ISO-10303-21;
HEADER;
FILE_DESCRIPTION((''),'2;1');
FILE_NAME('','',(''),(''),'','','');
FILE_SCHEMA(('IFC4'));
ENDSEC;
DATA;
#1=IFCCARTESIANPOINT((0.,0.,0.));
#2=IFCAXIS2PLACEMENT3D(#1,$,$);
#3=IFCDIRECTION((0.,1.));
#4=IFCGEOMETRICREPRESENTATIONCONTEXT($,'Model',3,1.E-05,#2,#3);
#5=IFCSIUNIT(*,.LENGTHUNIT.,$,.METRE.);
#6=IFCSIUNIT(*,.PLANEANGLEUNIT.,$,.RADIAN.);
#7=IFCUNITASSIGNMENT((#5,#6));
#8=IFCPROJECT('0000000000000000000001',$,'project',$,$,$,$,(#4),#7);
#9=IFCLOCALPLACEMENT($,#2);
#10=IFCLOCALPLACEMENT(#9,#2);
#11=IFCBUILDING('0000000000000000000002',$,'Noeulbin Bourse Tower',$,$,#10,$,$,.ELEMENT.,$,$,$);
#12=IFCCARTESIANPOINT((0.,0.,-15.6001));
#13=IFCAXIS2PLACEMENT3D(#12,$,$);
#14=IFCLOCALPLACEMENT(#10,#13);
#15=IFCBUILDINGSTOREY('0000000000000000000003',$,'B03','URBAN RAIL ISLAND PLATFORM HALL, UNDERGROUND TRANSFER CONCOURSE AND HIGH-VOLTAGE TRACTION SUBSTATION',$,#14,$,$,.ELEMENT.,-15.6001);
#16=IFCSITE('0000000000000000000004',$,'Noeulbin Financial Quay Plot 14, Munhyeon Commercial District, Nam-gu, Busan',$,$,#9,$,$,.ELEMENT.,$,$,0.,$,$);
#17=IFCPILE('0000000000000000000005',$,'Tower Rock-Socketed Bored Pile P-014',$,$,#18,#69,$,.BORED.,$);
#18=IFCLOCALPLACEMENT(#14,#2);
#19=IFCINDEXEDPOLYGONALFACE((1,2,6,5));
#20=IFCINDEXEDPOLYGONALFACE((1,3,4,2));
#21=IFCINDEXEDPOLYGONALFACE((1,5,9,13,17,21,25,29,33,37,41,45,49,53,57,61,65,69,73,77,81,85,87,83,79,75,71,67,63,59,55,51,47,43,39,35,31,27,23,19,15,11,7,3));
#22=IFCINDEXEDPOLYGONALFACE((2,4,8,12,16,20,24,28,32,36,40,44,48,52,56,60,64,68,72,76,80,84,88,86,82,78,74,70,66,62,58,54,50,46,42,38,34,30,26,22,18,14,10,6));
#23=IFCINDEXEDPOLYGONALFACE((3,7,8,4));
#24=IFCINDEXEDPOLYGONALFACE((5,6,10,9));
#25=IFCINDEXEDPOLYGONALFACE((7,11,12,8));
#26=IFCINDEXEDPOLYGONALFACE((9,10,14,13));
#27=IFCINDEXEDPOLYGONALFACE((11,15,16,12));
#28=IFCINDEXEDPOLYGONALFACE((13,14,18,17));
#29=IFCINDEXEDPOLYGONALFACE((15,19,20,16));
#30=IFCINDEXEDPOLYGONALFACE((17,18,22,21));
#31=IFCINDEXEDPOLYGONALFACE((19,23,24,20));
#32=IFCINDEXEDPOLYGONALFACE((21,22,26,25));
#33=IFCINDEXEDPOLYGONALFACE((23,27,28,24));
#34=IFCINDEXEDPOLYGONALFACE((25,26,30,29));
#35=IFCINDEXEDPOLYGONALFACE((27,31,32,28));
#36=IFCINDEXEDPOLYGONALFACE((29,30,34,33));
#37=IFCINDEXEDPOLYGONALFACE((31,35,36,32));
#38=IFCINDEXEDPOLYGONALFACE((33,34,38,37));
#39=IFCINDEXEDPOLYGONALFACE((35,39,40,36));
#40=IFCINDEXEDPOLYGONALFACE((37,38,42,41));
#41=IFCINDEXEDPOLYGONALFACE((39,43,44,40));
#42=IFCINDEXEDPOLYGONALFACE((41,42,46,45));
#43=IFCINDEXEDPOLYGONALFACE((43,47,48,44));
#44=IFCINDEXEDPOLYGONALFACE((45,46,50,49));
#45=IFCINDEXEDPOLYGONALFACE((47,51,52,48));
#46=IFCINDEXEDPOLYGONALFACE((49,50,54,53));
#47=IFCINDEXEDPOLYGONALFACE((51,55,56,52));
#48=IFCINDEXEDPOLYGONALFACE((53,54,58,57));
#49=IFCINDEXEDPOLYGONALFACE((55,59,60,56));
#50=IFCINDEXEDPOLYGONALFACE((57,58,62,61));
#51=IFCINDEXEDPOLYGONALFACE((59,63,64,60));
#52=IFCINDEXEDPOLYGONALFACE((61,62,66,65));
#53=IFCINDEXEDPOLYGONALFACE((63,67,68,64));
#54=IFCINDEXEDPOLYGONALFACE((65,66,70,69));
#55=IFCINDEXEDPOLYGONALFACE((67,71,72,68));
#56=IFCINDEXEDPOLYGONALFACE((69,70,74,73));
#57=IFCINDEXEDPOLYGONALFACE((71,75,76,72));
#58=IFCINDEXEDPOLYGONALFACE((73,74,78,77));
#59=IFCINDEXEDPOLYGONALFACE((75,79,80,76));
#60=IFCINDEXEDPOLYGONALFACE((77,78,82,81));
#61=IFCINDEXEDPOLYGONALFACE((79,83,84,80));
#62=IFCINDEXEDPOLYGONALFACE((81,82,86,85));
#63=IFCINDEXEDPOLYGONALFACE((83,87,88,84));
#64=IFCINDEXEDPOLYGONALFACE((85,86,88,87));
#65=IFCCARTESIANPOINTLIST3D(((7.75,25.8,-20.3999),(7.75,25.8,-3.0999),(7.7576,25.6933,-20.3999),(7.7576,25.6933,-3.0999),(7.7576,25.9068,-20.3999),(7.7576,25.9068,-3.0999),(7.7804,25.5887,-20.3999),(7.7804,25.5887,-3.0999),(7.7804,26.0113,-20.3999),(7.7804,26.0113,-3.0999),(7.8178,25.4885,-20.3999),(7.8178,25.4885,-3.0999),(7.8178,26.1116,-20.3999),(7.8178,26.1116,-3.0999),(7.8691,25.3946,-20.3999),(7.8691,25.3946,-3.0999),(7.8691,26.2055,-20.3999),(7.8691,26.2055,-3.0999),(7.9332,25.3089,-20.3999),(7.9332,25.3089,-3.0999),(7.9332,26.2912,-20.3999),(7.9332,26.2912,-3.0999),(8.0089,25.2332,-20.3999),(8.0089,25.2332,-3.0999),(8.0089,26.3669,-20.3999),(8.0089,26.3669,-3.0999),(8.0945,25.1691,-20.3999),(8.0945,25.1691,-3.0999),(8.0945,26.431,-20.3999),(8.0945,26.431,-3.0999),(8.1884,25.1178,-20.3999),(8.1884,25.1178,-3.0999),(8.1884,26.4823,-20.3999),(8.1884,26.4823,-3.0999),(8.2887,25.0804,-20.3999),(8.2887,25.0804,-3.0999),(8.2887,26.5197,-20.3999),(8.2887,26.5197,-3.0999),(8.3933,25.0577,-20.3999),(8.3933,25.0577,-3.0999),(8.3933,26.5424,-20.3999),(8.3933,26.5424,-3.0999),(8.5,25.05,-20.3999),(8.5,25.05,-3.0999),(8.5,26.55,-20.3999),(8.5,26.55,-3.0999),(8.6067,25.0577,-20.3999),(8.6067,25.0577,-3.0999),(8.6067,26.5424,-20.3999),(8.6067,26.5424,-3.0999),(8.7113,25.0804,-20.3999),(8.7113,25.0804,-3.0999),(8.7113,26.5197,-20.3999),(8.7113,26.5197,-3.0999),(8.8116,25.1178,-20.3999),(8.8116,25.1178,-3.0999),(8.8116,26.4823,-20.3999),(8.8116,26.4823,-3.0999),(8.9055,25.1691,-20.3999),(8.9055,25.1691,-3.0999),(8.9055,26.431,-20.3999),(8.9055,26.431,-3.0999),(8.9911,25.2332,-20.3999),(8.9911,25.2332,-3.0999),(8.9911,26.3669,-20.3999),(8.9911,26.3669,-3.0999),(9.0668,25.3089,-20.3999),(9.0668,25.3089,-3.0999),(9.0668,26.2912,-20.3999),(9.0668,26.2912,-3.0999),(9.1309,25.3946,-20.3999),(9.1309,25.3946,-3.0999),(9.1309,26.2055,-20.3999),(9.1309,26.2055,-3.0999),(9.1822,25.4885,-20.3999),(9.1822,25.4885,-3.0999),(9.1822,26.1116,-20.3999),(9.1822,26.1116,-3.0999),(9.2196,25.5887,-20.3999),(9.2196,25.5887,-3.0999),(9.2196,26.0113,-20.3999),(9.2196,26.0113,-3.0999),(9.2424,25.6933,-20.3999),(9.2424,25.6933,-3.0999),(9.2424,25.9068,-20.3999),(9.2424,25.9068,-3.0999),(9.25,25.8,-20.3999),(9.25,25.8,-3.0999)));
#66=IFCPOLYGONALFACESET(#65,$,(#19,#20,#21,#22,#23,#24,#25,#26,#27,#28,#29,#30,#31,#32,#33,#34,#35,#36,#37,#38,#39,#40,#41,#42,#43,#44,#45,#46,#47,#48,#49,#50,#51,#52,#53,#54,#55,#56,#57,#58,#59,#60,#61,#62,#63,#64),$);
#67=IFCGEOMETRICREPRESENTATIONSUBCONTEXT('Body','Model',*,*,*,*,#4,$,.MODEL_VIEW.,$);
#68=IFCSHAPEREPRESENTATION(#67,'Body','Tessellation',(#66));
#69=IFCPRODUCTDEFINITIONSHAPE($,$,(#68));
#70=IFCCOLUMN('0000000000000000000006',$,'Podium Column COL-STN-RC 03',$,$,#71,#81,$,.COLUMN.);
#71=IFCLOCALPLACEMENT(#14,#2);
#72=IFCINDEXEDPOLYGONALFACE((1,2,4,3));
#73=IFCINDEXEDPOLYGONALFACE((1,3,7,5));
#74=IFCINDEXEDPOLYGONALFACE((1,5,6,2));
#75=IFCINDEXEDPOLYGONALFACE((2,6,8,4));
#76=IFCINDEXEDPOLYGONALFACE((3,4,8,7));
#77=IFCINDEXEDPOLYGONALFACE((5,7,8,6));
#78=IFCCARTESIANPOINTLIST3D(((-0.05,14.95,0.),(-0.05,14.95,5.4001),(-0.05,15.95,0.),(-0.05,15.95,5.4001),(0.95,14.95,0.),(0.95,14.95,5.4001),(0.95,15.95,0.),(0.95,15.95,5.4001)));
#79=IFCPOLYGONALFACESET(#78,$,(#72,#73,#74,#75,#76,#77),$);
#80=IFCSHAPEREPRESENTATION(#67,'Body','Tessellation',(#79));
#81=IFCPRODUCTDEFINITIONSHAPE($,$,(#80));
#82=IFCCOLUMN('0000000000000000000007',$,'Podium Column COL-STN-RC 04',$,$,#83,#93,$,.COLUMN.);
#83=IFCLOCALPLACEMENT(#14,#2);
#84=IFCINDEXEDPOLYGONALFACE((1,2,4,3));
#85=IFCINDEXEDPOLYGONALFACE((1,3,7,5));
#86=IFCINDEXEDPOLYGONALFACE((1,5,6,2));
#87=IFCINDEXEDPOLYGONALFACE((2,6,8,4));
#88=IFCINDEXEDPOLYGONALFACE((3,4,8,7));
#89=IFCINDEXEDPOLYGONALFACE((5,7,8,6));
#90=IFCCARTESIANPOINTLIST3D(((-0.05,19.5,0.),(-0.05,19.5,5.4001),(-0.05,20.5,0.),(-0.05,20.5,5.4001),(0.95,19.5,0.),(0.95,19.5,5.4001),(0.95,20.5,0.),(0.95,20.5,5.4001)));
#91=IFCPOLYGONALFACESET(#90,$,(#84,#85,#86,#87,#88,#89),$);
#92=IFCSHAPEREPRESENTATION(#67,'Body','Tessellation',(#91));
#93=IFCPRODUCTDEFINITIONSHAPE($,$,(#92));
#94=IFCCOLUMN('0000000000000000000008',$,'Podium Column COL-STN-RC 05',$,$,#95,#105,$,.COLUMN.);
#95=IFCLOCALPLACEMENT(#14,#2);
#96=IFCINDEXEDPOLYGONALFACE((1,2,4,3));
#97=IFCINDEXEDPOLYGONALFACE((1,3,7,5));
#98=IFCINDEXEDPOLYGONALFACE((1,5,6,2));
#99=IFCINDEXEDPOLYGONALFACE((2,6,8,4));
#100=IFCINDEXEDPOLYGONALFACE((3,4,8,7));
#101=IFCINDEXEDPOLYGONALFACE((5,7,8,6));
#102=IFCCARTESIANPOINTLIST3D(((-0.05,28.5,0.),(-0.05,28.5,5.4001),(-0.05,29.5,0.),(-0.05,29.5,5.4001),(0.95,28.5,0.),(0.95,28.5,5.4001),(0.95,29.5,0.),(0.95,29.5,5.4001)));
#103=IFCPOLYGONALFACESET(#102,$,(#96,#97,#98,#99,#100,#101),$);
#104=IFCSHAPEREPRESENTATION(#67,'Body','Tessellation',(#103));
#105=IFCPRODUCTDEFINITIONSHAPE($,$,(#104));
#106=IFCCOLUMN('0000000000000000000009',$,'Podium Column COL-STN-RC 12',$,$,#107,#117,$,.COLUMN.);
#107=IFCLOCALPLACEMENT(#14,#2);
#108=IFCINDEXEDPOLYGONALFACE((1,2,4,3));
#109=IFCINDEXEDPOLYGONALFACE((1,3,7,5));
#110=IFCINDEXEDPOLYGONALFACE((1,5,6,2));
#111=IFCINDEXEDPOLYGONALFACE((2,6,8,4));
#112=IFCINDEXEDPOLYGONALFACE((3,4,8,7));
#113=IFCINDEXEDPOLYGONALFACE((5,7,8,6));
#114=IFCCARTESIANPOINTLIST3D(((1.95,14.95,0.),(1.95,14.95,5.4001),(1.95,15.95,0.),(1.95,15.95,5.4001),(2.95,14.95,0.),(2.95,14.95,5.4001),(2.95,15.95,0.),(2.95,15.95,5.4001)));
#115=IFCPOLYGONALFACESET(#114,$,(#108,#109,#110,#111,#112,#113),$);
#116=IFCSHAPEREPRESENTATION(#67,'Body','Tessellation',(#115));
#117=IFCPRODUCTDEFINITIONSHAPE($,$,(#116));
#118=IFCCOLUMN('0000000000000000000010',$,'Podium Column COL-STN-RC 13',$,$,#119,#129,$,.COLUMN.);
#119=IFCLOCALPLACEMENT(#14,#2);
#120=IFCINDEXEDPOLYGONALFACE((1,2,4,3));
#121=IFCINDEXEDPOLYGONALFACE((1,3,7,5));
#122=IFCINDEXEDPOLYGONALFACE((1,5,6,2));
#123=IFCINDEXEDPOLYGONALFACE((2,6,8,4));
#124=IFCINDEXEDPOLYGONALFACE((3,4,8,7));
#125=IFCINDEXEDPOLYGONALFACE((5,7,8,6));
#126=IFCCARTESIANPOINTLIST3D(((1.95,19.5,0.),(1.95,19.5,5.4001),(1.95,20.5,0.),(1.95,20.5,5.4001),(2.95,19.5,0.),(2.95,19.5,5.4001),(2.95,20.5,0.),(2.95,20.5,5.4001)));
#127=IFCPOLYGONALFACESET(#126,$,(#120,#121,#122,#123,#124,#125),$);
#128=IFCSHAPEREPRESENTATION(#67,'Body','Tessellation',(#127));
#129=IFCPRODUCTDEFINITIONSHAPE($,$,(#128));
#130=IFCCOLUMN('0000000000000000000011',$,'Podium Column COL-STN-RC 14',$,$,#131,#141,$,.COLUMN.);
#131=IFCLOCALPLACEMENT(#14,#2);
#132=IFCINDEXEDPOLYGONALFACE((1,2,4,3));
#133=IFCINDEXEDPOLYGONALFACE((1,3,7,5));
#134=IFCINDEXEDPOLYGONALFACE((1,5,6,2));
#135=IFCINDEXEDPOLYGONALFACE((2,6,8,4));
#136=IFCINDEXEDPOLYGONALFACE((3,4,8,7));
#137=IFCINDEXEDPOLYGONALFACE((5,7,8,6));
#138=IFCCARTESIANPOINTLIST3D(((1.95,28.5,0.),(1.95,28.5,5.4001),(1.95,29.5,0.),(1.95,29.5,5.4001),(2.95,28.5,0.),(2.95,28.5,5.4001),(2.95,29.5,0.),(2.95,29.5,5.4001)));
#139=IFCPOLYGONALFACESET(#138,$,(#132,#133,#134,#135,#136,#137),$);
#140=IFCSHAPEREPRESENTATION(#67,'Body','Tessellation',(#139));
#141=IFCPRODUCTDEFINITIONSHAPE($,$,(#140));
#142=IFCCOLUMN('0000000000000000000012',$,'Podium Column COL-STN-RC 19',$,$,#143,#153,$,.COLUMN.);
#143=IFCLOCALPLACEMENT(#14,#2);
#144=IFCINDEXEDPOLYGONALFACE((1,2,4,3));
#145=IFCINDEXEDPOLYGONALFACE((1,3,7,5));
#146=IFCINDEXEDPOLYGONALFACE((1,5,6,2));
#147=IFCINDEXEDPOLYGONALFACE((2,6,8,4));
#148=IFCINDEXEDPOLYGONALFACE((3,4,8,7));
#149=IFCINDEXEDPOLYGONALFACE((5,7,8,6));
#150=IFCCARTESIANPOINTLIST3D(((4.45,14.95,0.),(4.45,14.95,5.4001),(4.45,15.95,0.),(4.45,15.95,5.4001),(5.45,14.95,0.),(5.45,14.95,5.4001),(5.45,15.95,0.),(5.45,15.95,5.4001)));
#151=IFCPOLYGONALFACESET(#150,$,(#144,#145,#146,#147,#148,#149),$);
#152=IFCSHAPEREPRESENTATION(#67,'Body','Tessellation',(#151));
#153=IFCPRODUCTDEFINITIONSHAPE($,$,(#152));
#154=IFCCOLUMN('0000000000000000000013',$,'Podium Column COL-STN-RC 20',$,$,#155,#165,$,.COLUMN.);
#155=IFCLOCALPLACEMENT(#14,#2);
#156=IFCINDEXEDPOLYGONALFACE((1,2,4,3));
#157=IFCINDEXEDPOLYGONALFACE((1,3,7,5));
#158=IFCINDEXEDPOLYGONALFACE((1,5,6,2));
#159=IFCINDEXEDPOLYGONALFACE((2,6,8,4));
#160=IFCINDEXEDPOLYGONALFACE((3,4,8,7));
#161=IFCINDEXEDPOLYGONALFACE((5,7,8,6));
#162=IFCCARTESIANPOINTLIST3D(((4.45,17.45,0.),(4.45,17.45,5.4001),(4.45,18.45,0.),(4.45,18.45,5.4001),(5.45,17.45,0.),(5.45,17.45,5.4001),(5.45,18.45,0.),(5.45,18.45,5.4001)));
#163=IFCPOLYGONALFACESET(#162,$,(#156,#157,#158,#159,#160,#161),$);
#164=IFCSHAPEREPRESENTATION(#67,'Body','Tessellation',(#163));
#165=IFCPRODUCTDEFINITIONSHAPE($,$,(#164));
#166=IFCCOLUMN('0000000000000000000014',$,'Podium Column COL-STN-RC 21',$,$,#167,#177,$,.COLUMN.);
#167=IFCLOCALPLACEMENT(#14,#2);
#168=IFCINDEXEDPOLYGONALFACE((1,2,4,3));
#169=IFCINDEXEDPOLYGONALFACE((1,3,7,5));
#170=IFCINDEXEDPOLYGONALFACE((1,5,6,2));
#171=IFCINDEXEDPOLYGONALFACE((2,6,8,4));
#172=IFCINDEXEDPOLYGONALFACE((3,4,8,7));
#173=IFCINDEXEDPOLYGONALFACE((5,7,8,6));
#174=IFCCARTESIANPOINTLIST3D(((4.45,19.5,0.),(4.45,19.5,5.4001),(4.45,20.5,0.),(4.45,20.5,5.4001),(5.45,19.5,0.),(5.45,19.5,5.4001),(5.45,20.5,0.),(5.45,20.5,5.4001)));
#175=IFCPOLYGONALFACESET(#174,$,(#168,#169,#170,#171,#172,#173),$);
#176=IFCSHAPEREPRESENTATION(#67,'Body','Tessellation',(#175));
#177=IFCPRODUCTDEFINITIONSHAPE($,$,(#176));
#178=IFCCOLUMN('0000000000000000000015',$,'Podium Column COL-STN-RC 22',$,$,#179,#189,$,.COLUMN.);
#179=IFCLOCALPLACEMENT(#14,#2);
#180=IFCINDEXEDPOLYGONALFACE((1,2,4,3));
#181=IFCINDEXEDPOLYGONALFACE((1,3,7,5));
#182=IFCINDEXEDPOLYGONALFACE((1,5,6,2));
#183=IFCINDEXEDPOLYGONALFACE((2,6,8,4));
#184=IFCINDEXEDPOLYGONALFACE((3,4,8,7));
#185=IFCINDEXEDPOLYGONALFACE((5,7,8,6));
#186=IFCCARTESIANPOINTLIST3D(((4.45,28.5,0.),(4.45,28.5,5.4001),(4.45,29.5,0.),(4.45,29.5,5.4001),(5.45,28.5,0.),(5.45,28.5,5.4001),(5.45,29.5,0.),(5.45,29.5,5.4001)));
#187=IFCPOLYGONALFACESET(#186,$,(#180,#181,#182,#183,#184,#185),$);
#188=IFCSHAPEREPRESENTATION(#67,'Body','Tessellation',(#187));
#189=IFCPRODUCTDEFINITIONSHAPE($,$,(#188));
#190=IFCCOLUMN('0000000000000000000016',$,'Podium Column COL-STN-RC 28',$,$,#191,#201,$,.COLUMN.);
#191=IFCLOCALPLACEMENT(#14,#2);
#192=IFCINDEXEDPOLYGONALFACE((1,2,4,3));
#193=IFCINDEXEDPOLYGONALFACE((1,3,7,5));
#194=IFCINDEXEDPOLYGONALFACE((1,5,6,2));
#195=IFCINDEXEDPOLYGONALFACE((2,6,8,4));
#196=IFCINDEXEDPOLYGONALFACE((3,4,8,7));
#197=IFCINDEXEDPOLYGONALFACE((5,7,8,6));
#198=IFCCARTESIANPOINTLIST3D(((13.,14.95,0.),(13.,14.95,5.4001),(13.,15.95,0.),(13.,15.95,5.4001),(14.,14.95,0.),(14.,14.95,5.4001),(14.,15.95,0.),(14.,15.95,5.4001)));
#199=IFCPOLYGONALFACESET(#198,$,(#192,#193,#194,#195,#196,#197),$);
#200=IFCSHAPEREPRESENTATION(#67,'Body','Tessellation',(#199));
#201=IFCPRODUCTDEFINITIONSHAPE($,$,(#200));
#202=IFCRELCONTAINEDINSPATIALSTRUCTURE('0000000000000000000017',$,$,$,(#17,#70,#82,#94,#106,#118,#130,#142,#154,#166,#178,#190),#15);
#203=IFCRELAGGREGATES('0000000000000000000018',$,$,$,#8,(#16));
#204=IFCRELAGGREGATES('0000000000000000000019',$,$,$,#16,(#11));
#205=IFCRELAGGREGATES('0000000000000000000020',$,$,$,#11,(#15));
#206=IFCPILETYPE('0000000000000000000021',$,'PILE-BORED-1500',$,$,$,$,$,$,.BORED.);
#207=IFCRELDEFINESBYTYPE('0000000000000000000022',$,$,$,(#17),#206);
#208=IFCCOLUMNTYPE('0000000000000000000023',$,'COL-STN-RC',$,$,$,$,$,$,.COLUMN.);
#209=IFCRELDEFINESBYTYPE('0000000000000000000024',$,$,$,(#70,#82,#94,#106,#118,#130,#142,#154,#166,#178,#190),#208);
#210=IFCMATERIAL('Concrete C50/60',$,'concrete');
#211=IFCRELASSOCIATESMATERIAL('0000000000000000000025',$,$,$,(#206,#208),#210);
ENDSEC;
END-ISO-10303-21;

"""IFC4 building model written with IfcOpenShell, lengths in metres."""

from ifc_helpers import new_model, si_unit, direction, frame, origin, origin_2d, place, context, subcontext, project, spatial, rectangle, circle, extrude, material, material_profile, profile_set, type_object, element, save


model = new_model("IFC4")

# Units and contexts
model_context = context("Model", 3, precision=1e-05, world=origin(), true_north=direction((0.0, 1.0)))
body_context = subcontext(model_context, "Body", "Model", "MODEL_VIEW")
ifc_project = project(units=[si_unit("LENGTHUNIT", "METRE"), si_unit("PLANEANGLEUNIT", "RADIAN")], contexts=[model_context])

# Site, building, storey
site_placement = place(None, origin())
site = spatial("IfcSite", under=ifc_project, at=site_placement, Name="Noeulbin Financial Quay Plot 14, Munhyeon Commercial District, Nam-gu, Busan", CompositionType="ELEMENT", RefElevation=0.0)
building_placement = place(site_placement, origin())
building = spatial("IfcBuilding", under=site, at=building_placement, Name="Noeulbin Bourse Tower", CompositionType="ELEMENT")
storey_placement = place(building_placement, frame((0.0, 0.0, -15.6001)))
storey = spatial("IfcBuildingStorey", under=building, at=storey_placement, Name="B03", Description="URBAN RAIL ISLAND PLATFORM HALL, UNDERGROUND TRANSFER CONCOURSE AND HIGH-VOLTAGE TRACTION SUBSTATION", CompositionType="ELEMENT", Elevation=-15.6001)

# Pile
ifc_material_1 = material(Name="Concrete C50/60", Category="concrete")
ifc_material_profile_1 = material_profile(ifc_material_1, circle(Radius=0.75, at=origin_2d()), Name="PILE-D1500", Category="LoadBearing")
ifc_profile_set_1 = profile_set([ifc_material_profile_1], Name="Concrete C50/60")
pile_type = type_object("IfcPileType", Name="PILE-BORED-1500", PredefinedType="BORED", material=ifc_profile_set_1)
for number, where, z_axis, x_axis, name in (
    (1, (8.5, 25.8, -3.0999), (0.0, 0.0, -1.0), (1.0, 0.0, 0.0), "Tower Rock-Socketed Bored Pile P-014"),
):
    element("IfcPile", number, at=place(storey_placement, frame(where, z_axis=z_axis, x_axis=x_axis)), inside=storey, type_object=pile_type, Name=name, PredefinedType="BORED", context=body_context, shape_type="SweptSolid", body=[
        extrude(circle(Radius=0.75, at=origin_2d()), origin(), (0.0, 0.0, 1.0), 17.3),
    ])

# Columns
ifc_material_profile_2 = material_profile(ifc_material_1, rectangle(XDim=1.0, YDim=1.0, at=origin_2d()), Name="RC-COL-1000x1000", Category="LoadBearing")
ifc_profile_set_2 = profile_set([ifc_material_profile_2], Name="Concrete C50/60")
column_type_1 = type_object("IfcColumnType", Name="COL-STN-RC", PredefinedType="COLUMN", material=ifc_profile_set_2)
for number, where, z_axis, x_axis, name in (
    (2, (0.45, 15.45, 0.0), (0.0, 0.0, 1.0), (1.0, 0.0, 0.0), "Podium Column COL-STN-RC 03"),
    (3, (0.45, 20.0, 0.0), (0.0, 0.0, 1.0), (1.0, 0.0, 0.0), "Podium Column COL-STN-RC 04"),
    (4, (0.45, 29.0, 0.0), (0.0, 0.0, 1.0), (1.0, 0.0, 0.0), "Podium Column COL-STN-RC 05"),
    (5, (2.45, 15.45, 0.0), (0.0, 0.0, 1.0), (1.0, 0.0, 0.0), "Podium Column COL-STN-RC 12"),
    (6, (2.45, 20.0, 0.0), (0.0, 0.0, 1.0), (1.0, 0.0, 0.0), "Podium Column COL-STN-RC 13"),
    (7, (2.45, 29.0, 0.0), (0.0, 0.0, 1.0), (1.0, 0.0, 0.0), "Podium Column COL-STN-RC 14"),
    (8, (4.95, 15.45, 0.0), (0.0, 0.0, 1.0), (1.0, 0.0, 0.0), "Podium Column COL-STN-RC 19"),
    (9, (4.95, 17.95, 0.0), (0.0, 0.0, 1.0), (1.0, 0.0, 0.0), "Podium Column COL-STN-RC 20"),
    (10, (4.95, 20.0, 0.0), (0.0, 0.0, 1.0), (1.0, 0.0, 0.0), "Podium Column COL-STN-RC 21"),
    (11, (4.95, 29.0, 0.0), (0.0, 0.0, 1.0), (1.0, 0.0, 0.0), "Podium Column COL-STN-RC 22"),
    (12, (13.5, 15.45, 0.0), (0.0, 0.0, 1.0), (1.0, 0.0, 0.0), "Podium Column COL-STN-RC 28"),
):
    element("IfcColumn", number, at=place(storey_placement, frame(where, z_axis=z_axis, x_axis=x_axis)), inside=storey, type_object=column_type_1, Name=name, PredefinedType="COLUMN", context=body_context, shape_type="SweptSolid", body=[
        extrude(rectangle(XDim=1.0, YDim=1.0, at=origin_2d()), origin(), (0.0, 0.0, 1.0), 5.4001),
    ])

save(model, "model.ifc")
